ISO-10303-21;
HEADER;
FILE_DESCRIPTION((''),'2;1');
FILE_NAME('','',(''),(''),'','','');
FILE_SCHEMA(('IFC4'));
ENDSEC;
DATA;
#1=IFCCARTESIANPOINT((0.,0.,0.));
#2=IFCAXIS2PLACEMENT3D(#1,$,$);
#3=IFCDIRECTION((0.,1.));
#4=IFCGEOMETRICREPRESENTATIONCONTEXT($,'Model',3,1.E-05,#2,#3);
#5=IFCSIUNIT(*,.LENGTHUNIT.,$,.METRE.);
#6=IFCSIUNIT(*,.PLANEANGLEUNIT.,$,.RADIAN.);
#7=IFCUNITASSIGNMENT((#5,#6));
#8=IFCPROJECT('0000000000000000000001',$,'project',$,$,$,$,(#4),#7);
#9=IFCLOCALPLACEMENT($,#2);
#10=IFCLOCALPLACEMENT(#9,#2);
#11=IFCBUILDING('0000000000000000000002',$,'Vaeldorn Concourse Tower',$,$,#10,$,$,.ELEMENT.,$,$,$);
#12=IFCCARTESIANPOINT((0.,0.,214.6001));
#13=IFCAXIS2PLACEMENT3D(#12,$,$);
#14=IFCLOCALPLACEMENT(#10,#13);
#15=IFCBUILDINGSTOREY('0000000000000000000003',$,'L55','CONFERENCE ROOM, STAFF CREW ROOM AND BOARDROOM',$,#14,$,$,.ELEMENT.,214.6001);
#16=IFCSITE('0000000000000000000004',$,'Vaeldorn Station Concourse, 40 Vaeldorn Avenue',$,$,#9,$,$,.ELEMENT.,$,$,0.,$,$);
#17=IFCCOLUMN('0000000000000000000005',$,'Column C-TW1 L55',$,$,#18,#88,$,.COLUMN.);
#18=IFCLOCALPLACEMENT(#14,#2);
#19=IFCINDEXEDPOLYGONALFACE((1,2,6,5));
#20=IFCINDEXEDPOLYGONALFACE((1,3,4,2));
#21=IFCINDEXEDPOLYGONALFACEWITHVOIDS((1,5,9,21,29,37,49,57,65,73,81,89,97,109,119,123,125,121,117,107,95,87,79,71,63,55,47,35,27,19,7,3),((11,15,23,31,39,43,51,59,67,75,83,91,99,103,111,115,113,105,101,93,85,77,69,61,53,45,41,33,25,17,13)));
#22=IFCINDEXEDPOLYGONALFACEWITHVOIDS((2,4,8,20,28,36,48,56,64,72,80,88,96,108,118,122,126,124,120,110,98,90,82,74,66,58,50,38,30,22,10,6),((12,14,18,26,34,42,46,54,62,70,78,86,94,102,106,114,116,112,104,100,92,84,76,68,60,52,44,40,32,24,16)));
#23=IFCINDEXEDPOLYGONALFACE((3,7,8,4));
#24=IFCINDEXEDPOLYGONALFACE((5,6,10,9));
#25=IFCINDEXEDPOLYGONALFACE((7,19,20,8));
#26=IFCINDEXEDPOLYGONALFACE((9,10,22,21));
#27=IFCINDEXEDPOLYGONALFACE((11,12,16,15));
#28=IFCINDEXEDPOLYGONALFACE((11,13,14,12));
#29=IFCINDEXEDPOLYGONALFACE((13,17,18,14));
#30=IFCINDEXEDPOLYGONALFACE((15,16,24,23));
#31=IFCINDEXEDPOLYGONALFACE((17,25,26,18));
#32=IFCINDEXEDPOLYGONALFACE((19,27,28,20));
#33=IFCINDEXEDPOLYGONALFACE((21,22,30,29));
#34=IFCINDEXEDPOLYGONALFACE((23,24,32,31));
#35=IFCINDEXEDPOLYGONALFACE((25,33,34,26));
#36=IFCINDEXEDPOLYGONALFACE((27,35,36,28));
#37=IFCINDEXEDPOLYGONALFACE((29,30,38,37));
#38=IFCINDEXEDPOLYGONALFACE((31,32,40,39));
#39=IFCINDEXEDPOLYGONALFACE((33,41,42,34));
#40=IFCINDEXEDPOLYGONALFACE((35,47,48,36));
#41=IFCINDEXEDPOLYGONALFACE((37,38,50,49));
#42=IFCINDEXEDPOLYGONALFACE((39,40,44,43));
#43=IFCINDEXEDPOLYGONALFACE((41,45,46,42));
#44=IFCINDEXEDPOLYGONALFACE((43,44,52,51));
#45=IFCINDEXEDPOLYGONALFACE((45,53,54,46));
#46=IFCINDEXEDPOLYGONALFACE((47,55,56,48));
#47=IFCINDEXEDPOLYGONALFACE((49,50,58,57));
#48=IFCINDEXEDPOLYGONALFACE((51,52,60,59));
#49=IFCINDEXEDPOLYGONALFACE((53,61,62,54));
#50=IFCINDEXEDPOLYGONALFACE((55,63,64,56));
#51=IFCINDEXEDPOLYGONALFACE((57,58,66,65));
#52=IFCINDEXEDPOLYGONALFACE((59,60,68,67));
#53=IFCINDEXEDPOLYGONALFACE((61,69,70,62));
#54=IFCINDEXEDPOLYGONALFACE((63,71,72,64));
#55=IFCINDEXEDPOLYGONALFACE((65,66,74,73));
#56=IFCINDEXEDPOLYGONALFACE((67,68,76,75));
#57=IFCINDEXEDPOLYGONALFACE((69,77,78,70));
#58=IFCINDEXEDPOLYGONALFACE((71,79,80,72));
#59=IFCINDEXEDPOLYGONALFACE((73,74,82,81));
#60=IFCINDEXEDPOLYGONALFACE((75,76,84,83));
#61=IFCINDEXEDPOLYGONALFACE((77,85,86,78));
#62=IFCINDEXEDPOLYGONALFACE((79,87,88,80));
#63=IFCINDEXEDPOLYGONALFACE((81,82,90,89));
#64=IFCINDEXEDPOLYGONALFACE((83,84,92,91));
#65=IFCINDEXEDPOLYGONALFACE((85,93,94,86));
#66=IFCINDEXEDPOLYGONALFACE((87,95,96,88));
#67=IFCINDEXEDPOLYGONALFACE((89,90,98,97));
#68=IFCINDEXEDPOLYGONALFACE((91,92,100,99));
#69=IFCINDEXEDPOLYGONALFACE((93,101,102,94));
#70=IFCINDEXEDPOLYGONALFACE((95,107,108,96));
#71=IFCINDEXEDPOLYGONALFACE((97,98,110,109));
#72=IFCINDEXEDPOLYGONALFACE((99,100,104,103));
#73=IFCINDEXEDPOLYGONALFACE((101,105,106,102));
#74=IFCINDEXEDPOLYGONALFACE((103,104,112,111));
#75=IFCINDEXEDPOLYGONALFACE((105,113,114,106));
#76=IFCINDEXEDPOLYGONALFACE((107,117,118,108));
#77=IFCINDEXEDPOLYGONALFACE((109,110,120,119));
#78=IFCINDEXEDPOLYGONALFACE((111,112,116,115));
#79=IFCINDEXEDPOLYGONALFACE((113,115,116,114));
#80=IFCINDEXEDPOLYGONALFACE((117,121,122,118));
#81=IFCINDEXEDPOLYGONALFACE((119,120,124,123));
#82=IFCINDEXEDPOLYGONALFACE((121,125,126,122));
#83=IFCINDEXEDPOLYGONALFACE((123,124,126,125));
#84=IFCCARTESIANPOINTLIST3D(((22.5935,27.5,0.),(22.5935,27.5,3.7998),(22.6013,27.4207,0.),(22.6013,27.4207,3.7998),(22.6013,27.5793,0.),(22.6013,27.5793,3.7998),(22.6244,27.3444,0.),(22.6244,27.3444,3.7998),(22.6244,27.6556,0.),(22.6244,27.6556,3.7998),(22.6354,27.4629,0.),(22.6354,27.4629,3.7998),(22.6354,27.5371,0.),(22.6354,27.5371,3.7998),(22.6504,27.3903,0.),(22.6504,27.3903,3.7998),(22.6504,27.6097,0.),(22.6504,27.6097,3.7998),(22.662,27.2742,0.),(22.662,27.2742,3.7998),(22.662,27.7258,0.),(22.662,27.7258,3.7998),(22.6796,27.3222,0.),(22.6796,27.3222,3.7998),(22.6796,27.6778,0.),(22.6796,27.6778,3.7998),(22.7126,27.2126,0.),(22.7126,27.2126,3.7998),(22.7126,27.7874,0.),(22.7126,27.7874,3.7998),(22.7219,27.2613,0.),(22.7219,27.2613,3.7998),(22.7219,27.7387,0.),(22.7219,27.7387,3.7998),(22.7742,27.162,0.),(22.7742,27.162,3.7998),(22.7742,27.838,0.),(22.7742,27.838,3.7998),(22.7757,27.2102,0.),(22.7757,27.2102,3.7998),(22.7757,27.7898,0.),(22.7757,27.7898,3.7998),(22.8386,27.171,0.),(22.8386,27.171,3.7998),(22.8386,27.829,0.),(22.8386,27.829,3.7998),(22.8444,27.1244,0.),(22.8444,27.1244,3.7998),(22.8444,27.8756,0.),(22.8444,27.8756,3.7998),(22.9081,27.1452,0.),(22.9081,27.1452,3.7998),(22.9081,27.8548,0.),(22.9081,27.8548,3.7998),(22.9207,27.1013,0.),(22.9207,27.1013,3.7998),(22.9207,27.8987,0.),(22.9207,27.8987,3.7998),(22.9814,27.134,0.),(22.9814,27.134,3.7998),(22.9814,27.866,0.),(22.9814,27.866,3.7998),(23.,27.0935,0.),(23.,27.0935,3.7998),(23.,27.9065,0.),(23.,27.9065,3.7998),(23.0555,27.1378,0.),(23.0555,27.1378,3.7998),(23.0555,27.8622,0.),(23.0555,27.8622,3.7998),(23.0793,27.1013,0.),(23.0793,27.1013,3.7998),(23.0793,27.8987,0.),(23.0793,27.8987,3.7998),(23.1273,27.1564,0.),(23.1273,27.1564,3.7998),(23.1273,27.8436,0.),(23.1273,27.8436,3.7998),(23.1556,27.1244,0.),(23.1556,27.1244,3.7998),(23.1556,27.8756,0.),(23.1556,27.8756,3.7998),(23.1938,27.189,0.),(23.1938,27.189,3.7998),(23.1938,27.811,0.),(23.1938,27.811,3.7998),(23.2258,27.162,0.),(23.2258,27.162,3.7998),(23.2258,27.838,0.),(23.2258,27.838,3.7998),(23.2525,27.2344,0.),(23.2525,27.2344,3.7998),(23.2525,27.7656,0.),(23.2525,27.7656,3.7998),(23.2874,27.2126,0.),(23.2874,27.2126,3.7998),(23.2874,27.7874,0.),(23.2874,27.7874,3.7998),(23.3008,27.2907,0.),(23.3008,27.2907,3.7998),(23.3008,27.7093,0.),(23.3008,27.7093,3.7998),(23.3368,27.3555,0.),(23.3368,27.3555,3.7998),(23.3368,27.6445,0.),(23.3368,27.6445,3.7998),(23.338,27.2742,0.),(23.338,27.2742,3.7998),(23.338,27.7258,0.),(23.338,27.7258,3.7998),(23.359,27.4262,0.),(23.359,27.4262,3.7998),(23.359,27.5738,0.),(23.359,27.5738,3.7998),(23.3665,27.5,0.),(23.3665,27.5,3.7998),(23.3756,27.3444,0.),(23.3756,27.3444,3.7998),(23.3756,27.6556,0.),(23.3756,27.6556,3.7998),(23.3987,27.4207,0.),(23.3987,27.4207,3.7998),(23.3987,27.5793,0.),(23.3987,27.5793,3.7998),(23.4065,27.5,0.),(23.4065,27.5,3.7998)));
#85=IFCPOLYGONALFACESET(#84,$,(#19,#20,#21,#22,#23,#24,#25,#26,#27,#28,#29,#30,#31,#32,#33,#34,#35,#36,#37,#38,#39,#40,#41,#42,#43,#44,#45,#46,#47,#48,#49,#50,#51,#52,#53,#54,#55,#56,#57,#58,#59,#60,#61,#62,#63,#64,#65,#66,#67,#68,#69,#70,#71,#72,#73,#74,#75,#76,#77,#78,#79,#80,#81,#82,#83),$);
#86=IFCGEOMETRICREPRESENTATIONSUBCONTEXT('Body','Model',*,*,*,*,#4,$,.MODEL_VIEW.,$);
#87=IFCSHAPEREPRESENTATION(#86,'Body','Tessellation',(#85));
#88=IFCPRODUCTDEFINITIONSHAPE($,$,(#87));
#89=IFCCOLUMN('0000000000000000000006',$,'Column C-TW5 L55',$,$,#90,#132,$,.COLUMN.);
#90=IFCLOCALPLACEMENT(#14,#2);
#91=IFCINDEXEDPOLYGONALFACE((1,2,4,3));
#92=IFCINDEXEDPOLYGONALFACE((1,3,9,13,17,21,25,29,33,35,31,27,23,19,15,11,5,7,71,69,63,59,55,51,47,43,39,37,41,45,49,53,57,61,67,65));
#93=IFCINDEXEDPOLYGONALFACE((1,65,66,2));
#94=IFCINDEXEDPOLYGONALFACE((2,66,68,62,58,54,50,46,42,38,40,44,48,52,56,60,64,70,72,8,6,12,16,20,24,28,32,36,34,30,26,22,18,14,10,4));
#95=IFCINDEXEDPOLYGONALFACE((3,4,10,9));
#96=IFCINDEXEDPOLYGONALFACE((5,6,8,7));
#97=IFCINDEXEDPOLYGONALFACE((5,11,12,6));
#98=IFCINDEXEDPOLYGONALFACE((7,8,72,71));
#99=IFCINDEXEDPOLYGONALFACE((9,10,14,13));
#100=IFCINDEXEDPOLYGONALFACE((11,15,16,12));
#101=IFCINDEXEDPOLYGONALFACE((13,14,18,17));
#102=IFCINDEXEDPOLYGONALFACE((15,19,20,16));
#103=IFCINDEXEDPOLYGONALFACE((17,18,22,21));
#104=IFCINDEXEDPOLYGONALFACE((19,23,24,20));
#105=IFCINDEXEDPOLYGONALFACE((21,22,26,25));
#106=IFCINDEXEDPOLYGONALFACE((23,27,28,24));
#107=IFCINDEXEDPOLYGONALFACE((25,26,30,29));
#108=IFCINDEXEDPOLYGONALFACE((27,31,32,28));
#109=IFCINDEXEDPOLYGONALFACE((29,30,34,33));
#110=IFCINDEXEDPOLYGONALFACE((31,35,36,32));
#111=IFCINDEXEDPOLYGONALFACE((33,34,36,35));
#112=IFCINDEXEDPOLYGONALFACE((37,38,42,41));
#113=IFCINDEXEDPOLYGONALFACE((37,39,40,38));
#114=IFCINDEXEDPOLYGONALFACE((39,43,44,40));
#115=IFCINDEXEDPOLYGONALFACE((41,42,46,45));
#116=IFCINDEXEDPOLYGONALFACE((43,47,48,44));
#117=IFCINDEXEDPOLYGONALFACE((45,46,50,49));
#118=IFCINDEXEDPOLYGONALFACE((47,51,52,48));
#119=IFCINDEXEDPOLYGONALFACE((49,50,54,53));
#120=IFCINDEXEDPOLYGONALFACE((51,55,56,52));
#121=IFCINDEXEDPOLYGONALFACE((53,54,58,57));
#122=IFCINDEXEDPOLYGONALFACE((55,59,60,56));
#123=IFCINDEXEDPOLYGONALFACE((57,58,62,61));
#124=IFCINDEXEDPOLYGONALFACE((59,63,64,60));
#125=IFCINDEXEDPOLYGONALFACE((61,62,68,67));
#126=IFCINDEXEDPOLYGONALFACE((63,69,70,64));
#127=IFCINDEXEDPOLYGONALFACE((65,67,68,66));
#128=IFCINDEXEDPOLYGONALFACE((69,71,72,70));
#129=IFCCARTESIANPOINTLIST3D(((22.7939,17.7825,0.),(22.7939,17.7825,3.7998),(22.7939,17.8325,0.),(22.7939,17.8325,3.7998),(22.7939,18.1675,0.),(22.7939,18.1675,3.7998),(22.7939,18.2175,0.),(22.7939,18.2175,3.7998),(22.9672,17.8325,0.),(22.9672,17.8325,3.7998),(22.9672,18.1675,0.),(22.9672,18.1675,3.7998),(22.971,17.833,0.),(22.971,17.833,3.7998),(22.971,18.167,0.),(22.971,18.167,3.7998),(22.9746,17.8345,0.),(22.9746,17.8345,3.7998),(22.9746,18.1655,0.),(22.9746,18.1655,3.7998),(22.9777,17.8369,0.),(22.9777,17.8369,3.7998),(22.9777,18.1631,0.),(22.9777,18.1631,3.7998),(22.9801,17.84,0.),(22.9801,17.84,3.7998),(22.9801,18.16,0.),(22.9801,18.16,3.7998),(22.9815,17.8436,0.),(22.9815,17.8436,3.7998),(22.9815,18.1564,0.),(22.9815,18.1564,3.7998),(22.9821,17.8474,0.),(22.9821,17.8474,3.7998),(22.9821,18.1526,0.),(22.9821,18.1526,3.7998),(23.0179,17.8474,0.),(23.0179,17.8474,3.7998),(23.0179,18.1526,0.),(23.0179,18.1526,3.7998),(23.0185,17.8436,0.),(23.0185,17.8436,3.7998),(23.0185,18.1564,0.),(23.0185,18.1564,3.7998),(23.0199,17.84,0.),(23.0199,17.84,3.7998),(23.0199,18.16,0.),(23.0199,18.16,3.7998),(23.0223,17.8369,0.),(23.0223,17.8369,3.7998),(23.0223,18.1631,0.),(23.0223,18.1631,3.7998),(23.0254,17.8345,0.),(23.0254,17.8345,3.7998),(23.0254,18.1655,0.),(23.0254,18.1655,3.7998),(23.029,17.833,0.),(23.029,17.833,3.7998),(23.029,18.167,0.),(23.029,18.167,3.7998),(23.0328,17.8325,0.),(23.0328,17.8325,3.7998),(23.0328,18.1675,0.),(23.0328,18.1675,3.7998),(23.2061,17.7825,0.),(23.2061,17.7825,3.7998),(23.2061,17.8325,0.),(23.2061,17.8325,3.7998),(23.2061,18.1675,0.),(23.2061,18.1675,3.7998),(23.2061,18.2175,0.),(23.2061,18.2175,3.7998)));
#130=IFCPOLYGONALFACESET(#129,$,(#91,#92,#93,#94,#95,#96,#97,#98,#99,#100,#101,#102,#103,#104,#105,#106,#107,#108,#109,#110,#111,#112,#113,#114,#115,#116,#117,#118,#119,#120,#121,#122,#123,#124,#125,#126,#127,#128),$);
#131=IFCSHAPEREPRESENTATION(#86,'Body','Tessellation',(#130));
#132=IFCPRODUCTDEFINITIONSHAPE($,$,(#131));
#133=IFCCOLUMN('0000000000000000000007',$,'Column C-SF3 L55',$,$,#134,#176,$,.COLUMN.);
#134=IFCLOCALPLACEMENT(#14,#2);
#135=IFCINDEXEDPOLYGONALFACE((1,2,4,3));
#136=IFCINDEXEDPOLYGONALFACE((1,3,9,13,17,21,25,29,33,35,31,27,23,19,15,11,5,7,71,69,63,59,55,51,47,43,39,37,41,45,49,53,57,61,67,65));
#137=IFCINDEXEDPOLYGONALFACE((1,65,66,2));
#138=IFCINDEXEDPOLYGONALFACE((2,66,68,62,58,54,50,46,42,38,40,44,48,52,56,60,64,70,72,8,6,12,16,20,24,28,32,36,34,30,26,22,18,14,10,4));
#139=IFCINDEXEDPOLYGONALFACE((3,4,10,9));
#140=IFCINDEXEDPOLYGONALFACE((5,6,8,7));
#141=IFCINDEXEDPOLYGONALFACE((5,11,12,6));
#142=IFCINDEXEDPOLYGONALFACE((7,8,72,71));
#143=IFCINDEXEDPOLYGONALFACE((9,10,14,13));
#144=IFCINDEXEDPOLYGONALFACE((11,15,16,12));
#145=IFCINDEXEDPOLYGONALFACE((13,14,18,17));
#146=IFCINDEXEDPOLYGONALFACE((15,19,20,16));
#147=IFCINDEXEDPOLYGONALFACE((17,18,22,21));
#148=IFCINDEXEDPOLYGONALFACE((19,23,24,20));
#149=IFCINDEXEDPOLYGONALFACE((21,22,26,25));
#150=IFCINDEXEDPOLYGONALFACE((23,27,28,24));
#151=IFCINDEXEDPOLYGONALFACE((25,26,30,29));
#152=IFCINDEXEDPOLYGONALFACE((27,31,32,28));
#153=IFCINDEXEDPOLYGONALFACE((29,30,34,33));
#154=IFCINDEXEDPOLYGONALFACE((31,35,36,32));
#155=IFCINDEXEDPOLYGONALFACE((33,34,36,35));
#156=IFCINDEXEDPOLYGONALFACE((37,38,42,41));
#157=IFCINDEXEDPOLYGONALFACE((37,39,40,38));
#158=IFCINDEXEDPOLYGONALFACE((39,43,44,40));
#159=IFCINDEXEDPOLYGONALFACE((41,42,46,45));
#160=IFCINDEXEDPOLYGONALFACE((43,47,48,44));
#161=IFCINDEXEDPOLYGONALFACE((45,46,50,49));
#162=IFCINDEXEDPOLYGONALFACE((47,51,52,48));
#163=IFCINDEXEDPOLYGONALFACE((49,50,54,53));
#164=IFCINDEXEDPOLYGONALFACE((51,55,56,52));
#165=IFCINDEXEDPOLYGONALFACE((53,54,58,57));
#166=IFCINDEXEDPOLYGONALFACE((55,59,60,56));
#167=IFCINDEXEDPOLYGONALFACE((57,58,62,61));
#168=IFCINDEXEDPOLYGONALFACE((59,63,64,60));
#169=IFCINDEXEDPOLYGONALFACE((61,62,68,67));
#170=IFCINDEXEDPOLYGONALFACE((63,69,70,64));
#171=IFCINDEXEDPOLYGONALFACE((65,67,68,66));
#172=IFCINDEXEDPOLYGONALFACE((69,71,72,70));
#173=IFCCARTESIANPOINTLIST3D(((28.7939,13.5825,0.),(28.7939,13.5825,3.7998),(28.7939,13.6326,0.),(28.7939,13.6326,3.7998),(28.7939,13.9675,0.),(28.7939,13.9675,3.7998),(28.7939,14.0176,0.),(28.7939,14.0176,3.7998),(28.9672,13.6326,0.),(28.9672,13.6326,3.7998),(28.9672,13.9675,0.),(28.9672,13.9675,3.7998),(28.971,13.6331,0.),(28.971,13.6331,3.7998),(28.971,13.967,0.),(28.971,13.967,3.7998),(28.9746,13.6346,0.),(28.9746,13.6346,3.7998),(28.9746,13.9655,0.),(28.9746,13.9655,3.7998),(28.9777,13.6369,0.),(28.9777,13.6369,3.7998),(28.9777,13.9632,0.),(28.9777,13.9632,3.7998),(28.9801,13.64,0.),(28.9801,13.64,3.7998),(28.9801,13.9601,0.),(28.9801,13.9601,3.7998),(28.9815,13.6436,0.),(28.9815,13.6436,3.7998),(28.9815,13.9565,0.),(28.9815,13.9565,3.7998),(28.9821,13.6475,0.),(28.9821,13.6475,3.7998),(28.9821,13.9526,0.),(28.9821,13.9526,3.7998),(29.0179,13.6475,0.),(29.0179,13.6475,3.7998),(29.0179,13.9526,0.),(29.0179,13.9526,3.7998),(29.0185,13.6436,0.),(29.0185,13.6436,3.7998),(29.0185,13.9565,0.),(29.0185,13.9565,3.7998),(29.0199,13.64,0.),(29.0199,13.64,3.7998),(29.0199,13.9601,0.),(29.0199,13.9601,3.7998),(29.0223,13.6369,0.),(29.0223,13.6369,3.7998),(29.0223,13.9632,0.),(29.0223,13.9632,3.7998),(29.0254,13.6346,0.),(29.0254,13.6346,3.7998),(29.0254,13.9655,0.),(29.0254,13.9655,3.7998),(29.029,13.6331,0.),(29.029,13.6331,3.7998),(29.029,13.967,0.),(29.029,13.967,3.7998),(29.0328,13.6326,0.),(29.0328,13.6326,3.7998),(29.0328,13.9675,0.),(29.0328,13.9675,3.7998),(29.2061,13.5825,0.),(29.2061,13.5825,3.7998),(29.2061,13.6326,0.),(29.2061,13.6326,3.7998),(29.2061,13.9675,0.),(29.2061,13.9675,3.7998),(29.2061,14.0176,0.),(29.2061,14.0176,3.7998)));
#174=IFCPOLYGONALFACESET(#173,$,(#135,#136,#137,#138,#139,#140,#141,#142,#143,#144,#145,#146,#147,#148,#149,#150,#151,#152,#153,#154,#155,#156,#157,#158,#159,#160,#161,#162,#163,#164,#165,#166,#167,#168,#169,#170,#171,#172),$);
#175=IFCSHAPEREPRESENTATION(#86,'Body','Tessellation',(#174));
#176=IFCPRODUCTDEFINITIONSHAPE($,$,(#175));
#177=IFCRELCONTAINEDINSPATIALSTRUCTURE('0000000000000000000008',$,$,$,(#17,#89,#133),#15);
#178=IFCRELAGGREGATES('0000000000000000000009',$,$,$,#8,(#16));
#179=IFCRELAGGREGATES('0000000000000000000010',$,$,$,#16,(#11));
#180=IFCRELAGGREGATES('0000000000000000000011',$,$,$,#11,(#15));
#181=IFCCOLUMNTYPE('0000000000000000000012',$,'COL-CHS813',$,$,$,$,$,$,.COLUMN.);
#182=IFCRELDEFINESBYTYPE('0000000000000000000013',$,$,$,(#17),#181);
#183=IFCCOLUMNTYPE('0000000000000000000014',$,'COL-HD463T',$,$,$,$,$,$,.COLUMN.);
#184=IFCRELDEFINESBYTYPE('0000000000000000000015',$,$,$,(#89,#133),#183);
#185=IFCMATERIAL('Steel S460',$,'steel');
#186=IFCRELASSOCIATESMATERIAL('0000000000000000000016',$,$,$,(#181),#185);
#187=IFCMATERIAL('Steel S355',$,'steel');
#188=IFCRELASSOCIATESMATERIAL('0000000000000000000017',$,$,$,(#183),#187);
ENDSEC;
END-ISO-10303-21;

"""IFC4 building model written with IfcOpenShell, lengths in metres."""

from ifc_helpers import new_model, si_unit, direction, frame, origin, origin_2d, place, context, subcontext, project, spatial, hollow_circle, i_section, extrude, source, transform, mapped, material, material_profile, profile_set, type_object, element, save


model = new_model("IFC4")

# Units and contexts
model_context = context("Model", 3, precision=1e-05, world=origin(), true_north=direction((0.0, 1.0)))
body_context = subcontext(model_context, "Body", "Model", "MODEL_VIEW")
ifc_project = project(units=[si_unit("LENGTHUNIT", "METRE"), si_unit("PLANEANGLEUNIT", "RADIAN")], contexts=[model_context])

# Site, building, storey
site_placement = place(None, origin())
site = spatial("IfcSite", under=ifc_project, at=site_placement, Name="Vaeldorn Station Concourse, 40 Vaeldorn Avenue", CompositionType="ELEMENT", RefElevation=0.0)
building_placement = place(site_placement, origin())
building = spatial("IfcBuilding", under=site, at=building_placement, Name="Vaeldorn Concourse Tower", CompositionType="ELEMENT")
storey_placement = place(building_placement, frame((0.0, 0.0, 214.6001)))
storey = spatial("IfcBuildingStorey", under=building, at=storey_placement, Name="L55", Description="CONFERENCE ROOM, STAFF CREW ROOM AND BOARDROOM", CompositionType="ELEMENT", Elevation=214.6001)

# Columns
ifc_material_1 = material(Name="Steel S460", Category="steel")
ifc_material_profile_1 = material_profile(ifc_material_1, hollow_circle(Radius=0.4065, WallThickness=0.04, at=origin_2d()), Name="CHS 813x40")
ifc_profile_set_1 = profile_set([ifc_material_profile_1], Name="Steel S460")
column_type_1 = type_object("IfcColumnType", Name="COL-CHS813", PredefinedType="COLUMN", material=ifc_profile_set_1)
shared_shape_1 = source(origin(), body_context, "Body", "SweptSolid", [
    extrude(hollow_circle(Radius=0.4065, WallThickness=0.04, at=origin_2d()), origin(), (0.0, 0.0, 1.0), 3.7998),
])
column_placement = place(storey_placement, frame((23.0, 27.5, 0.0), z_axis=(0.0, 0.0, 1.0), x_axis=(1.0, 0.0, 0.0)))
element("IfcColumn", 1, at=column_placement, inside=storey, type_object=column_type_1, Name="Column C-TW1 L55", PredefinedType="COLUMN", context=body_context, shape_type="MappedRepresentation", body=[
    mapped(shared_shape_1, transform((0.0, 0.0, 0.0), scale=1.0)),
])
ifc_material_2 = material(Name="Steel S355", Category="steel")
ifc_material_profile_2 = material_profile(ifc_material_2, i_section(OverallWidth=0.4121, OverallDepth=0.4351, WebThickness=0.0359, FlangeThickness=0.05, FilletRadius=0.0149, at=origin_2d()), Name="HD 400x463")
ifc_profile_set_2 = profile_set([ifc_material_profile_2], Name="Steel S355")
column_type_2 = type_object("IfcColumnType", Name="COL-HD463T", PredefinedType="COLUMN", material=ifc_profile_set_2)
shared_shape_2 = source(origin(), body_context, "Body", "SweptSolid", [
    extrude(i_section(OverallWidth=0.4121, OverallDepth=0.4351, WebThickness=0.0359, FlangeThickness=0.05, FilletRadius=0.0149, at=origin_2d()), origin(), (0.0, 0.0, 1.0), 3.7998),
])
for number, where, z_axis, x_axis, name in (
    (2, (23.0, 18.0, 0.0), (0.0, 0.0, 1.0), (1.0, 0.0, 0.0), "Column C-TW5 L55"),
    (3, (29.0, 13.8, 0.0), (0.0, 0.0, 1.0), (1.0, 0.0, 0.0), "Column C-SF3 L55"),
):
    element("IfcColumn", number, at=place(storey_placement, frame(where, z_axis=z_axis, x_axis=x_axis)), inside=storey, type_object=column_type_2, Name=name, PredefinedType="COLUMN", context=body_context, shape_type="MappedRepresentation", body=[
        mapped(shared_shape_2, transform((0.0, 0.0, 0.0), scale=1.0)),
    ])

save(model, "model.ifc")
